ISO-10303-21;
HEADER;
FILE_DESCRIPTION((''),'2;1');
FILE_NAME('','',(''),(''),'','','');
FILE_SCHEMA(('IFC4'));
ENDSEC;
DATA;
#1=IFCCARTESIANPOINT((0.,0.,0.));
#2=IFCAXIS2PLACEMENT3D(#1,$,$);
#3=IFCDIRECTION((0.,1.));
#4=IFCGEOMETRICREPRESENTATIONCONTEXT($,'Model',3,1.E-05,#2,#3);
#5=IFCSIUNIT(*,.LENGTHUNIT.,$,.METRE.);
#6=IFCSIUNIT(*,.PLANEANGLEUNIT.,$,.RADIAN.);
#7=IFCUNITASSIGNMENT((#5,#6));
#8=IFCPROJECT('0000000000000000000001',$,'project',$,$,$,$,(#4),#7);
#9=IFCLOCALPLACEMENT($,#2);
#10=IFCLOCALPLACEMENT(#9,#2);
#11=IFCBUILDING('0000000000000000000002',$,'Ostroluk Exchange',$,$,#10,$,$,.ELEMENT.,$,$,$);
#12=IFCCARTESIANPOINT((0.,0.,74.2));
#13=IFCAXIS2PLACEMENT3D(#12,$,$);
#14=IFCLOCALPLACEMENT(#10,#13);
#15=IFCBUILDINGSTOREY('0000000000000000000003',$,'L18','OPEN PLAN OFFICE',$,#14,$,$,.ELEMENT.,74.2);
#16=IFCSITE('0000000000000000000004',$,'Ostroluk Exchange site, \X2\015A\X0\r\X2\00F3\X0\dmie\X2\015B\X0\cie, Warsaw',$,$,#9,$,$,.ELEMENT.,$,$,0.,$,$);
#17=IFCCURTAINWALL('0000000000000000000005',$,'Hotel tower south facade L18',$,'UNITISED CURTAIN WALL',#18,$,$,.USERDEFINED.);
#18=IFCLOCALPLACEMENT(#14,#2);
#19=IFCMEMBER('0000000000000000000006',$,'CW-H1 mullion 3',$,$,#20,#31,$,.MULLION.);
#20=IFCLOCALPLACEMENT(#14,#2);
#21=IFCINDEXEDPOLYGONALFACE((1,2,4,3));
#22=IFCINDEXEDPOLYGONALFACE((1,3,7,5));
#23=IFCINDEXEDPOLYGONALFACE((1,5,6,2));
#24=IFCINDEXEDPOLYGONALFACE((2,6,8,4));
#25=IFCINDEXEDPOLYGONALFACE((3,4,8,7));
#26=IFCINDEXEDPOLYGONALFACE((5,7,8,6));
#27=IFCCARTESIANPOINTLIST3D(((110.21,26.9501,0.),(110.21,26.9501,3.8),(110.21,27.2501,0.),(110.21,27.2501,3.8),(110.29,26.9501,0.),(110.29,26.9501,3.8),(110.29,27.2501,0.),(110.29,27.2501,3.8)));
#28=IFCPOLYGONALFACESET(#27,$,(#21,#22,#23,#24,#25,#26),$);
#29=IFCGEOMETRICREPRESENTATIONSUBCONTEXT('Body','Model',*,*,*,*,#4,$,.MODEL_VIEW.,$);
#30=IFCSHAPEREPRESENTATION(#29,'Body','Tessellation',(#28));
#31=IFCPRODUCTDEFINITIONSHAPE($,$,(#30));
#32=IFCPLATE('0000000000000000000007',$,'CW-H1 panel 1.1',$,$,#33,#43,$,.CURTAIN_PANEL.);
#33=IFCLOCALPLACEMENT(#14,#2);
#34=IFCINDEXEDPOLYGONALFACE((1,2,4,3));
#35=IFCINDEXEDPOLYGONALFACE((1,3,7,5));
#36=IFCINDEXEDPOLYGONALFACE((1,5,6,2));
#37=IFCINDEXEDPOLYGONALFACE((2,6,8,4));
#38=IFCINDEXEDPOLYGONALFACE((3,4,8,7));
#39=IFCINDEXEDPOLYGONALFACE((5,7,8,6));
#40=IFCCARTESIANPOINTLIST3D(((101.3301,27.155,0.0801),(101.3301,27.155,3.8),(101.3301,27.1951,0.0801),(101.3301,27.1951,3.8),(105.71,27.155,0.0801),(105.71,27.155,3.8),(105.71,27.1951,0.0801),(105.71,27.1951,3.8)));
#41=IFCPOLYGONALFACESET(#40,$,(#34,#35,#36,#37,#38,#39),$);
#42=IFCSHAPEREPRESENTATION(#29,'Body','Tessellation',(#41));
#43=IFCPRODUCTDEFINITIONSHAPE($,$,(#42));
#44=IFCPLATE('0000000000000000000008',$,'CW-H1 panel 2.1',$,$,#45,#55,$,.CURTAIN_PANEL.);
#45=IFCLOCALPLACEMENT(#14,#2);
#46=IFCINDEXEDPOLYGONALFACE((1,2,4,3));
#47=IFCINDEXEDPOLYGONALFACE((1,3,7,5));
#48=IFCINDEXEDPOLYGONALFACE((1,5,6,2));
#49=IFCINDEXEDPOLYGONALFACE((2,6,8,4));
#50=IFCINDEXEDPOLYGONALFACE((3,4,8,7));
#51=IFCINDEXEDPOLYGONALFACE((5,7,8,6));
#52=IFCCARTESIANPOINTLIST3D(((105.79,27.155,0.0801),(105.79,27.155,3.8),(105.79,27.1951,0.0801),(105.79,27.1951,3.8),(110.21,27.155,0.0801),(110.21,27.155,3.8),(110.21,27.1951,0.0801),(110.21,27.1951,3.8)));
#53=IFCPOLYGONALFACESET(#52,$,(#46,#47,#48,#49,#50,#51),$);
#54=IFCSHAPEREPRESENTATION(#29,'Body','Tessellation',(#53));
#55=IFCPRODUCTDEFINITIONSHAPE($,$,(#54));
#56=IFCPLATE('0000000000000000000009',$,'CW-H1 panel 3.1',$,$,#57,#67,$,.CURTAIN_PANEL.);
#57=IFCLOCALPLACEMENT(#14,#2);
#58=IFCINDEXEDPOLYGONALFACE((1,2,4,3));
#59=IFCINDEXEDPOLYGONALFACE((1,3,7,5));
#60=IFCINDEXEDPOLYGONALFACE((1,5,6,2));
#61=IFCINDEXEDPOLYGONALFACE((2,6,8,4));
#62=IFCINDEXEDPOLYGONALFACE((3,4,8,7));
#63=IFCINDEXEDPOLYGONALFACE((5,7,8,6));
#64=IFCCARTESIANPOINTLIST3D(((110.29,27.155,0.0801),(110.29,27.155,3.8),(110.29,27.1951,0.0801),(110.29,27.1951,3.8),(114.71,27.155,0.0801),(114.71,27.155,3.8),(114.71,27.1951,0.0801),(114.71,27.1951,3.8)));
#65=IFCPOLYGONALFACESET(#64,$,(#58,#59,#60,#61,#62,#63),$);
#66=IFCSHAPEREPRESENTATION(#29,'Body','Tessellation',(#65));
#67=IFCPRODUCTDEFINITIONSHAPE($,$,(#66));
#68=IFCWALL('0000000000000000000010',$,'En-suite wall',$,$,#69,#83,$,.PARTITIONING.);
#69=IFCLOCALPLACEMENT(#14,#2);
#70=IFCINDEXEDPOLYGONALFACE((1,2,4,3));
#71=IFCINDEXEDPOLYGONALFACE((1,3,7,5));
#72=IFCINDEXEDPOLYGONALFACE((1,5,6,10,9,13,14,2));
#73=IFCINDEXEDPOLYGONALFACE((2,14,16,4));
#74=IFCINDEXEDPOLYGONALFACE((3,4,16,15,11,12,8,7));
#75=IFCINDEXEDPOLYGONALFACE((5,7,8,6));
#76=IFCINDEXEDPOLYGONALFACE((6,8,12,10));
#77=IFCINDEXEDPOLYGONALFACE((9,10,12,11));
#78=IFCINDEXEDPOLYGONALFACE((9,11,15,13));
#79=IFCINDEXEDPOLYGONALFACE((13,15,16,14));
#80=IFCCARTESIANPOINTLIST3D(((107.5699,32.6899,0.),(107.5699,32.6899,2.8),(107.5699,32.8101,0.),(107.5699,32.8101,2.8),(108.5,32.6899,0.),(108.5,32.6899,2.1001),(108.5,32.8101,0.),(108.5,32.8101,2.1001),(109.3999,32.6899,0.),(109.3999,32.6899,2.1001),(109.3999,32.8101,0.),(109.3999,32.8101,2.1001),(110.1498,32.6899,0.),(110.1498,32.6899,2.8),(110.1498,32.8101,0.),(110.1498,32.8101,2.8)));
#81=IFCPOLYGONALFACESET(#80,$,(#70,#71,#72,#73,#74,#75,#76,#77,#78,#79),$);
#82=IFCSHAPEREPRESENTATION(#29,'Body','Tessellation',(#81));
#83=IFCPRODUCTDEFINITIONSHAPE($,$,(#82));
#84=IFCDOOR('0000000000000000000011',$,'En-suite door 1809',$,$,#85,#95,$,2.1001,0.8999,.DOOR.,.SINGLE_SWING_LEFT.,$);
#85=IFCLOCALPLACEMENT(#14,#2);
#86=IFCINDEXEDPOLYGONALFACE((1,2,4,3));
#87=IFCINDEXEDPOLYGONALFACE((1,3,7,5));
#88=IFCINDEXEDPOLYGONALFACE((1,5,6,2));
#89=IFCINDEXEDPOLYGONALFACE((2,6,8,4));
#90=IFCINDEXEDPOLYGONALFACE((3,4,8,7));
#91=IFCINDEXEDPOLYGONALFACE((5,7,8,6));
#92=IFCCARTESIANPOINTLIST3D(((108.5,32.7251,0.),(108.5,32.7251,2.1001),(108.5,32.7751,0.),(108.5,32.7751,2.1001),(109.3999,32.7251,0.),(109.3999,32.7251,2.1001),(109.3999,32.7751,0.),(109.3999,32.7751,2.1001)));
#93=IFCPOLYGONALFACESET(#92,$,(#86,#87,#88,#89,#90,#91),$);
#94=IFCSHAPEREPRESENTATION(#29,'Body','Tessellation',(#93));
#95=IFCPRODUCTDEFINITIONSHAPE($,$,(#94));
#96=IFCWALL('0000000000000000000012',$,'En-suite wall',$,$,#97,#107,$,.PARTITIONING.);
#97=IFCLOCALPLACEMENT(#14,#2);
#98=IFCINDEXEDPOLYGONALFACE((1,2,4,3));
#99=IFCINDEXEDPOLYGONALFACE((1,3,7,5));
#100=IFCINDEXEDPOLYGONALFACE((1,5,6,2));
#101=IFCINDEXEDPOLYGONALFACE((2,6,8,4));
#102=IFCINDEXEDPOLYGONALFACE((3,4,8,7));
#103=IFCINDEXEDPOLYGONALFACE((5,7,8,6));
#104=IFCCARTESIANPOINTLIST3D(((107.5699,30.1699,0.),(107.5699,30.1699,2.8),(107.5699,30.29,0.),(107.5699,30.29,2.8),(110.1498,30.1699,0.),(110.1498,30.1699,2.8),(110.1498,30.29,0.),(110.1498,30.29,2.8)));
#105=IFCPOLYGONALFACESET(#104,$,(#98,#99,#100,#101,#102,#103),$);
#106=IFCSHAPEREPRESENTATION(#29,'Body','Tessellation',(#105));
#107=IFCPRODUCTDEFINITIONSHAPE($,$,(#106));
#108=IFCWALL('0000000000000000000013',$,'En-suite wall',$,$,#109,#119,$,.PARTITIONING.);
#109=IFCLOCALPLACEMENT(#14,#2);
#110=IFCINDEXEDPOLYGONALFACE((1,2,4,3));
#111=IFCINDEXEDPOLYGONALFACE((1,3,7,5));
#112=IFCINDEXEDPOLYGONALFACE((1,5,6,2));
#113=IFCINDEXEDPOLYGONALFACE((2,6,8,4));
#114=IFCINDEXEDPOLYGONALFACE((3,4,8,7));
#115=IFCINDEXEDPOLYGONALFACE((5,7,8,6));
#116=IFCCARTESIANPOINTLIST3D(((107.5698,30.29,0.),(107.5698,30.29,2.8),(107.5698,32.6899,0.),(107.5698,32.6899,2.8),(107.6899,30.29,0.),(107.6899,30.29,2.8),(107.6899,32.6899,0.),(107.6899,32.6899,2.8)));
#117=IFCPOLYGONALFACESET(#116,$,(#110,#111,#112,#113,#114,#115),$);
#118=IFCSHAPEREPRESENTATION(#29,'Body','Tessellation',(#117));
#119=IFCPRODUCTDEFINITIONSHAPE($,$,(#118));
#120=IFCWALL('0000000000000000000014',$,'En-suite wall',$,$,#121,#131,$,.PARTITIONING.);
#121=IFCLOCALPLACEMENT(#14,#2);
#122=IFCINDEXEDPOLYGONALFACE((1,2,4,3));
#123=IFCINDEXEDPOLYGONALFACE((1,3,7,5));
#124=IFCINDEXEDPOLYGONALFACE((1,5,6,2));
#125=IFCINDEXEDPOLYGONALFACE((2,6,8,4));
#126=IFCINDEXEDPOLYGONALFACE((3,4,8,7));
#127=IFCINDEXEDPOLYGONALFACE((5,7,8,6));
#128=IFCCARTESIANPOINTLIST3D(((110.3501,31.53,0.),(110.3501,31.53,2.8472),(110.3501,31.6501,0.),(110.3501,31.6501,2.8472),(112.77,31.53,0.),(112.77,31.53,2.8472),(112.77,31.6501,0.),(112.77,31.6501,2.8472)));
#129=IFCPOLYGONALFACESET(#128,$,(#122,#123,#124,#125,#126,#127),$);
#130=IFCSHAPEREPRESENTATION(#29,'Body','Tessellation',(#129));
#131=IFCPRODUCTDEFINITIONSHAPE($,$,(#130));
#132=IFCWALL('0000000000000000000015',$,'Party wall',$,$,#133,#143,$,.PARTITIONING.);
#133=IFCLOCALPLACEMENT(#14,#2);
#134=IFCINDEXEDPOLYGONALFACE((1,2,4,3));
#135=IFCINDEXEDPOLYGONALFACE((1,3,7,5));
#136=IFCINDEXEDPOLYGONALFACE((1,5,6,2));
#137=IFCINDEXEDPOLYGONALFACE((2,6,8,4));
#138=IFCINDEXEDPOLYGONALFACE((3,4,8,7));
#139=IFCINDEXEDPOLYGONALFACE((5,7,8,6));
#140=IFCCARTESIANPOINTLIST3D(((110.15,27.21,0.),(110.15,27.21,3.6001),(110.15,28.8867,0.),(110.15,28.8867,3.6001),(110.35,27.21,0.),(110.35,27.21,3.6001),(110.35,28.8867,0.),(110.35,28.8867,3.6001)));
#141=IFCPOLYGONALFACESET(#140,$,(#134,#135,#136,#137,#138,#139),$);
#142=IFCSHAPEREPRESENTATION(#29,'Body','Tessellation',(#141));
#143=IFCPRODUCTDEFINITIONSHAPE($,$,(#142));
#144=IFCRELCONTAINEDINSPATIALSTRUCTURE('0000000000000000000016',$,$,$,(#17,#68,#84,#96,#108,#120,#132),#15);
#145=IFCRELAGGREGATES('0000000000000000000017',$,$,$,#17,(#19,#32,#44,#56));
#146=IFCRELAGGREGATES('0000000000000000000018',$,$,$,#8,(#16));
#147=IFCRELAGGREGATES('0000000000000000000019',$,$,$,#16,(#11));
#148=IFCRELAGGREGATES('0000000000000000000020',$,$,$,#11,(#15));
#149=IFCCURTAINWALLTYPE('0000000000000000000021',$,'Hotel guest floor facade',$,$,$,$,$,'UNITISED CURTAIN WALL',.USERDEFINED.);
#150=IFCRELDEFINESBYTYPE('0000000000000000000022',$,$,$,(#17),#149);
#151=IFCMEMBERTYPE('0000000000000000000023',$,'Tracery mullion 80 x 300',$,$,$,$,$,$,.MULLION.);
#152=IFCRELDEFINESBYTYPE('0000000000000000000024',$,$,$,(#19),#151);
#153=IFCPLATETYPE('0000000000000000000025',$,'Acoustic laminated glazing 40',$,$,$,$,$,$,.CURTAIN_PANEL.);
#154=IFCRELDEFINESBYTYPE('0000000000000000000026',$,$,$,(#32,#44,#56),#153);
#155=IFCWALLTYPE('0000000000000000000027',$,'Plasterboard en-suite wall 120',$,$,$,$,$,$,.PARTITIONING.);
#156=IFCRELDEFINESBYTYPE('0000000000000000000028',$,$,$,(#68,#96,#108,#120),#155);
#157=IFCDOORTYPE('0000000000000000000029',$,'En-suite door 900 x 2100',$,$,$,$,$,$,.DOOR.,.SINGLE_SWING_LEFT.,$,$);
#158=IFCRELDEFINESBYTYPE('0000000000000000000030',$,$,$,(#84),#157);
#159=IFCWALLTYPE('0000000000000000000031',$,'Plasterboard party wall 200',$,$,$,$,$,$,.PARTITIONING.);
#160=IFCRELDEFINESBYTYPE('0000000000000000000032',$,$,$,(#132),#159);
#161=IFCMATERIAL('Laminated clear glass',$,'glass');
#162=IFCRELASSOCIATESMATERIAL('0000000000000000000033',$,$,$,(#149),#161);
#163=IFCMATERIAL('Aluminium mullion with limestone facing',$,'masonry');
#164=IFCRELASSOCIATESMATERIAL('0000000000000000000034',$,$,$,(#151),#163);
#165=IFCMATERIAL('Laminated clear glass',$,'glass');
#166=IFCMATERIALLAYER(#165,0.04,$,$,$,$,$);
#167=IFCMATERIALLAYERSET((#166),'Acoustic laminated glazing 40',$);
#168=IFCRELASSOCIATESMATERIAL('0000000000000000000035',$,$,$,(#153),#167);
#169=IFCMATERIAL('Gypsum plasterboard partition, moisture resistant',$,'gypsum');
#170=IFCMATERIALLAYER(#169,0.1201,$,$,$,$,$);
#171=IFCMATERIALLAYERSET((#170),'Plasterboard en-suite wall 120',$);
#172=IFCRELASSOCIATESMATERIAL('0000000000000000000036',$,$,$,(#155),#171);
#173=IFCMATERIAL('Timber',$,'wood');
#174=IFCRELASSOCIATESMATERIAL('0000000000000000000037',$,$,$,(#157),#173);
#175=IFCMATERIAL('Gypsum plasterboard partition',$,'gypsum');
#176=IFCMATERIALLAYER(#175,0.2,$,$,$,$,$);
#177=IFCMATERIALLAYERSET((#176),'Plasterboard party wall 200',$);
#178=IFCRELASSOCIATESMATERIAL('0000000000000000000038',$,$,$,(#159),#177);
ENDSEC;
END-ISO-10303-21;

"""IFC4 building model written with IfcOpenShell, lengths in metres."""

from ifc_helpers import new_model, si_unit, direction, frame, frame_2d, origin, origin_2d, place, context, subcontext, project, spatial, rectangle, extrude, material, layer, layer_set, material_profile, profile_set, type_object, element, fill, aggregate, save


model = new_model("IFC4")

# Units and contexts
model_context = context("Model", 3, precision=1e-05, world=origin(), true_north=direction((0.0, 1.0)))
body_context = subcontext(model_context, "Body", "Model", "MODEL_VIEW")
ifc_project = project(units=[si_unit("LENGTHUNIT", "METRE"), si_unit("PLANEANGLEUNIT", "RADIAN")], contexts=[model_context])

# Site, building, storey
site_placement = place(None, origin())
site = spatial("IfcSite", under=ifc_project, at=site_placement, Name="Ostroluk Exchange site, Śródmieście, Warsaw", CompositionType="ELEMENT", RefElevation=0.0)
building_placement = place(site_placement, origin())
building = spatial("IfcBuilding", under=site, at=building_placement, Name="Ostroluk Exchange", CompositionType="ELEMENT")
storey_placement = place(building_placement, frame((0.0, 0.0, 74.2)))
storey = spatial("IfcBuildingStorey", under=building, at=storey_placement, Name="L18", Description="OPEN PLAN OFFICE", CompositionType="ELEMENT", Elevation=74.2)

# Curtain wall, member, plates
ifc_material_1 = material(Name="Laminated clear glass", Category="glass")
curtain_wall_type = type_object("IfcCurtainWallType", Name="Hotel guest floor facade", ElementType="UNITISED CURTAIN WALL", PredefinedType="USERDEFINED", material=ifc_material_1)
curtain_wall_placement = place(storey_placement, origin())
curtain_wall = element("IfcCurtainWall", 1, at=curtain_wall_placement, inside=storey, type_object=curtain_wall_type, Name="Hotel tower south facade L18", ObjectType="UNITISED CURTAIN WALL", PredefinedType="USERDEFINED")
ifc_material_2 = material(Name="Aluminium mullion with limestone facing", Category="masonry")
ifc_material_profile_1 = material_profile(ifc_material_2, rectangle(XDim=0.3, YDim=0.0801, at=origin_2d()), Name="Tracery mullion 80 x 300")
ifc_profile_set_1 = profile_set([ifc_material_profile_1], Name="Aluminium mullion with limestone facing")
member_type_1 = type_object("IfcMemberType", Name="Tracery mullion 80 x 300", PredefinedType="MULLION", material=ifc_profile_set_1)
member_1_placement = place(storey_placement, frame((110.25, 27.1001, 0.0), z_axis=(0.0, 0.0, 1.0), x_axis=(0.0, 1.0, 0.0)))
member_1 = element("IfcMember", 2, at=member_1_placement, type_object=member_type_1, Name="CW-H1 mullion 3", PredefinedType="MULLION", context=body_context, shape_type="SweptSolid", body=[
    extrude(rectangle(XDim=0.3, YDim=0.0801, at=origin_2d()), origin(), (0.0, 0.0, 1.0), 3.8),
])
ifc_material_3 = material(Name="Laminated clear glass", Category="glass")
ifc_layer_1 = layer(ifc_material_3, 0.04)
ifc_layer_set_1 = layer_set([ifc_layer_1], Name="Acoustic laminated glazing 40")
plate_type = type_object("IfcPlateType", Name="Acoustic laminated glazing 40", PredefinedType="CURTAIN_PANEL", material=ifc_layer_set_1)
plate_1_placement = place(storey_placement, frame((103.52, 27.175, 0.0801), z_axis=(0.0, 0.0, 1.0), x_axis=(1.0, 0.0, 0.0)))
plate_1 = element("IfcPlate", 3, at=plate_1_placement, type_object=plate_type, Name="CW-H1 panel 1.1", PredefinedType="CURTAIN_PANEL", context=body_context, shape_type="SweptSolid", body=[
    extrude(rectangle(XDim=4.3799, YDim=0.04, at=origin_2d()), origin(), (0.0, 0.0, 1.0), 3.72),
])
plate_2_placement = place(storey_placement, frame((108.0, 27.175, 0.0801), z_axis=(0.0, 0.0, 1.0), x_axis=(1.0, 0.0, 0.0)))
plate_2 = element("IfcPlate", 4, at=plate_2_placement, type_object=plate_type, Name="CW-H1 panel 2.1", PredefinedType="CURTAIN_PANEL", context=body_context, shape_type="SweptSolid", body=[
    extrude(rectangle(XDim=4.4199, YDim=0.04, at=origin_2d()), origin(), (0.0, 0.0, 1.0), 3.72),
])
plate_3_placement = place(storey_placement, frame((112.5, 27.175, 0.0801), z_axis=(0.0, 0.0, 1.0), x_axis=(1.0, 0.0, 0.0)))
plate_3 = element("IfcPlate", 5, at=plate_3_placement, type_object=plate_type, Name="CW-H1 panel 3.1", PredefinedType="CURTAIN_PANEL", context=body_context, shape_type="SweptSolid", body=[
    extrude(rectangle(XDim=4.4199, YDim=0.04, at=origin_2d()), origin(), (0.0, 0.0, 1.0), 3.72),
])
aggregate(curtain_wall, [member_1, plate_1, plate_2, plate_3])

# Wall, opening, door
ifc_material_4 = material(Name="Gypsum plasterboard partition, moisture resistant", Category="gypsum")
ifc_layer_2 = layer(ifc_material_4, 0.1201)
ifc_layer_set_2 = layer_set([ifc_layer_2], Name="Plasterboard en-suite wall 120")
wall_type_1 = type_object("IfcWallType", Name="Plasterboard en-suite wall 120", PredefinedType="PARTITIONING", material=ifc_layer_set_2)
wall_1_placement = place(storey_placement, frame((110.1499, 32.75, 0.0), z_axis=(0.0, 0.0, 1.0), x_axis=(-1.0, 0.0, 0.0)))
wall_1 = element("IfcWall", 6, at=wall_1_placement, inside=storey, type_object=wall_type_1, Name="En-suite wall", PredefinedType="PARTITIONING", context=body_context, shape_type="SweptSolid", body=[
    extrude(rectangle(XDim=2.5798, YDim=0.1201, at=frame_2d((1.29, 0.0))), origin(), (0.0, 0.0, 1.0), 2.8),
])
opening_placement = place(wall_1_placement, frame((0.75, 0.0, 0.0)))
opening = element("IfcOpeningElement", 7, at=opening_placement, cuts=wall_1, PredefinedType="OPENING", context=body_context, shape_type="SweptSolid", body=[
    extrude(rectangle(XDim=0.8999, YDim=2.1001, at=frame_2d((0.45, 1.05))), frame((0.0, 0.0701, 0.0), z_axis=(0.0, -1.0, 0.0), x_axis=(1.0, 0.0, 0.0)), (0.0, 0.0, 1.0), 0.1401),
])
ifc_material_5 = material(Name="Timber", Category="wood")
door_type = type_object("IfcDoorType", Name="En-suite door 900 x 2100", OperationType="SINGLE_SWING_LEFT", PredefinedType="DOOR", material=ifc_material_5)
door_placement = place(opening_placement, origin())
door = element("IfcDoor", 8, at=door_placement, inside=storey, type_object=door_type, Name="En-suite door 1809", OperationType="SINGLE_SWING_LEFT", OverallHeight=2.1001, OverallWidth=0.8999, PredefinedType="DOOR", context=body_context, shape_type="SweptSolid", body=[
    extrude(rectangle(XDim=0.8999, YDim=2.1001, at=frame_2d((0.45, 1.05))), frame((0.0, 0.0249, 0.0), z_axis=(0.0, -1.0, 0.0), x_axis=(1.0, 0.0, 0.0)), (0.0, 0.0, 1.0), 0.05),
])
fill(opening, door)

# Walls
wall_2_placement = place(storey_placement, frame((110.1499, 30.23, 0.0), z_axis=(0.0, 0.0, 1.0), x_axis=(-1.0, 0.0, 0.0)))
element("IfcWall", 9, at=wall_2_placement, inside=storey, type_object=wall_type_1, Name="En-suite wall", PredefinedType="PARTITIONING", context=body_context, shape_type="SweptSolid", body=[
    extrude(rectangle(XDim=2.5798, YDim=0.1201, at=frame_2d((1.29, 0.0))), origin(), (0.0, 0.0, 1.0), 2.8),
])
wall_3_placement = place(storey_placement, frame((107.6299, 32.6899, 0.0), z_axis=(0.0, 0.0, 1.0), x_axis=(0.0, -1.0, 0.0)))
element("IfcWall", 10, at=wall_3_placement, inside=storey, type_object=wall_type_1, Name="En-suite wall", PredefinedType="PARTITIONING", context=body_context, shape_type="SweptSolid", body=[
    extrude(rectangle(XDim=2.3999, YDim=0.1201, at=frame_2d((1.2, 0.0))), origin(), (0.0, 0.0, 1.0), 2.8),
])
wall_4_placement = place(storey_placement, frame((110.3501, 31.5901, 0.0), z_axis=(0.0, 0.0, 1.0), x_axis=(1.0, 0.0, 0.0)))
element("IfcWall", 11, at=wall_4_placement, inside=storey, type_object=wall_type_1, Name="En-suite wall", PredefinedType="PARTITIONING", context=body_context, shape_type="SweptSolid", body=[
    extrude(rectangle(XDim=2.4199, YDim=0.1201, at=frame_2d((1.21, 0.0))), origin(), (0.0, 0.0, 1.0), 2.8472),
])
ifc_material_6 = material(Name="Gypsum plasterboard partition", Category="gypsum")
ifc_layer_3 = layer(ifc_material_6, 0.2)
ifc_layer_set_3 = layer_set([ifc_layer_3], Name="Plasterboard party wall 200")
wall_type_2 = type_object("IfcWallType", Name="Plasterboard party wall 200", PredefinedType="PARTITIONING", material=ifc_layer_set_3)
wall_5_placement = place(storey_placement, frame((110.25, 28.8867, 0.0), z_axis=(0.0, 0.0, 1.0), x_axis=(0.0, -1.0, 0.0)))
element("IfcWall", 12, at=wall_5_placement, inside=storey, type_object=wall_type_2, Name="Party wall", PredefinedType="PARTITIONING", context=body_context, shape_type="SweptSolid", body=[
    extrude(rectangle(XDim=1.6768, YDim=0.2, at=frame_2d((0.8384, 0.0))), origin(), (0.0, 0.0, 1.0), 3.6001),
])

save(model, "model.ifc")
